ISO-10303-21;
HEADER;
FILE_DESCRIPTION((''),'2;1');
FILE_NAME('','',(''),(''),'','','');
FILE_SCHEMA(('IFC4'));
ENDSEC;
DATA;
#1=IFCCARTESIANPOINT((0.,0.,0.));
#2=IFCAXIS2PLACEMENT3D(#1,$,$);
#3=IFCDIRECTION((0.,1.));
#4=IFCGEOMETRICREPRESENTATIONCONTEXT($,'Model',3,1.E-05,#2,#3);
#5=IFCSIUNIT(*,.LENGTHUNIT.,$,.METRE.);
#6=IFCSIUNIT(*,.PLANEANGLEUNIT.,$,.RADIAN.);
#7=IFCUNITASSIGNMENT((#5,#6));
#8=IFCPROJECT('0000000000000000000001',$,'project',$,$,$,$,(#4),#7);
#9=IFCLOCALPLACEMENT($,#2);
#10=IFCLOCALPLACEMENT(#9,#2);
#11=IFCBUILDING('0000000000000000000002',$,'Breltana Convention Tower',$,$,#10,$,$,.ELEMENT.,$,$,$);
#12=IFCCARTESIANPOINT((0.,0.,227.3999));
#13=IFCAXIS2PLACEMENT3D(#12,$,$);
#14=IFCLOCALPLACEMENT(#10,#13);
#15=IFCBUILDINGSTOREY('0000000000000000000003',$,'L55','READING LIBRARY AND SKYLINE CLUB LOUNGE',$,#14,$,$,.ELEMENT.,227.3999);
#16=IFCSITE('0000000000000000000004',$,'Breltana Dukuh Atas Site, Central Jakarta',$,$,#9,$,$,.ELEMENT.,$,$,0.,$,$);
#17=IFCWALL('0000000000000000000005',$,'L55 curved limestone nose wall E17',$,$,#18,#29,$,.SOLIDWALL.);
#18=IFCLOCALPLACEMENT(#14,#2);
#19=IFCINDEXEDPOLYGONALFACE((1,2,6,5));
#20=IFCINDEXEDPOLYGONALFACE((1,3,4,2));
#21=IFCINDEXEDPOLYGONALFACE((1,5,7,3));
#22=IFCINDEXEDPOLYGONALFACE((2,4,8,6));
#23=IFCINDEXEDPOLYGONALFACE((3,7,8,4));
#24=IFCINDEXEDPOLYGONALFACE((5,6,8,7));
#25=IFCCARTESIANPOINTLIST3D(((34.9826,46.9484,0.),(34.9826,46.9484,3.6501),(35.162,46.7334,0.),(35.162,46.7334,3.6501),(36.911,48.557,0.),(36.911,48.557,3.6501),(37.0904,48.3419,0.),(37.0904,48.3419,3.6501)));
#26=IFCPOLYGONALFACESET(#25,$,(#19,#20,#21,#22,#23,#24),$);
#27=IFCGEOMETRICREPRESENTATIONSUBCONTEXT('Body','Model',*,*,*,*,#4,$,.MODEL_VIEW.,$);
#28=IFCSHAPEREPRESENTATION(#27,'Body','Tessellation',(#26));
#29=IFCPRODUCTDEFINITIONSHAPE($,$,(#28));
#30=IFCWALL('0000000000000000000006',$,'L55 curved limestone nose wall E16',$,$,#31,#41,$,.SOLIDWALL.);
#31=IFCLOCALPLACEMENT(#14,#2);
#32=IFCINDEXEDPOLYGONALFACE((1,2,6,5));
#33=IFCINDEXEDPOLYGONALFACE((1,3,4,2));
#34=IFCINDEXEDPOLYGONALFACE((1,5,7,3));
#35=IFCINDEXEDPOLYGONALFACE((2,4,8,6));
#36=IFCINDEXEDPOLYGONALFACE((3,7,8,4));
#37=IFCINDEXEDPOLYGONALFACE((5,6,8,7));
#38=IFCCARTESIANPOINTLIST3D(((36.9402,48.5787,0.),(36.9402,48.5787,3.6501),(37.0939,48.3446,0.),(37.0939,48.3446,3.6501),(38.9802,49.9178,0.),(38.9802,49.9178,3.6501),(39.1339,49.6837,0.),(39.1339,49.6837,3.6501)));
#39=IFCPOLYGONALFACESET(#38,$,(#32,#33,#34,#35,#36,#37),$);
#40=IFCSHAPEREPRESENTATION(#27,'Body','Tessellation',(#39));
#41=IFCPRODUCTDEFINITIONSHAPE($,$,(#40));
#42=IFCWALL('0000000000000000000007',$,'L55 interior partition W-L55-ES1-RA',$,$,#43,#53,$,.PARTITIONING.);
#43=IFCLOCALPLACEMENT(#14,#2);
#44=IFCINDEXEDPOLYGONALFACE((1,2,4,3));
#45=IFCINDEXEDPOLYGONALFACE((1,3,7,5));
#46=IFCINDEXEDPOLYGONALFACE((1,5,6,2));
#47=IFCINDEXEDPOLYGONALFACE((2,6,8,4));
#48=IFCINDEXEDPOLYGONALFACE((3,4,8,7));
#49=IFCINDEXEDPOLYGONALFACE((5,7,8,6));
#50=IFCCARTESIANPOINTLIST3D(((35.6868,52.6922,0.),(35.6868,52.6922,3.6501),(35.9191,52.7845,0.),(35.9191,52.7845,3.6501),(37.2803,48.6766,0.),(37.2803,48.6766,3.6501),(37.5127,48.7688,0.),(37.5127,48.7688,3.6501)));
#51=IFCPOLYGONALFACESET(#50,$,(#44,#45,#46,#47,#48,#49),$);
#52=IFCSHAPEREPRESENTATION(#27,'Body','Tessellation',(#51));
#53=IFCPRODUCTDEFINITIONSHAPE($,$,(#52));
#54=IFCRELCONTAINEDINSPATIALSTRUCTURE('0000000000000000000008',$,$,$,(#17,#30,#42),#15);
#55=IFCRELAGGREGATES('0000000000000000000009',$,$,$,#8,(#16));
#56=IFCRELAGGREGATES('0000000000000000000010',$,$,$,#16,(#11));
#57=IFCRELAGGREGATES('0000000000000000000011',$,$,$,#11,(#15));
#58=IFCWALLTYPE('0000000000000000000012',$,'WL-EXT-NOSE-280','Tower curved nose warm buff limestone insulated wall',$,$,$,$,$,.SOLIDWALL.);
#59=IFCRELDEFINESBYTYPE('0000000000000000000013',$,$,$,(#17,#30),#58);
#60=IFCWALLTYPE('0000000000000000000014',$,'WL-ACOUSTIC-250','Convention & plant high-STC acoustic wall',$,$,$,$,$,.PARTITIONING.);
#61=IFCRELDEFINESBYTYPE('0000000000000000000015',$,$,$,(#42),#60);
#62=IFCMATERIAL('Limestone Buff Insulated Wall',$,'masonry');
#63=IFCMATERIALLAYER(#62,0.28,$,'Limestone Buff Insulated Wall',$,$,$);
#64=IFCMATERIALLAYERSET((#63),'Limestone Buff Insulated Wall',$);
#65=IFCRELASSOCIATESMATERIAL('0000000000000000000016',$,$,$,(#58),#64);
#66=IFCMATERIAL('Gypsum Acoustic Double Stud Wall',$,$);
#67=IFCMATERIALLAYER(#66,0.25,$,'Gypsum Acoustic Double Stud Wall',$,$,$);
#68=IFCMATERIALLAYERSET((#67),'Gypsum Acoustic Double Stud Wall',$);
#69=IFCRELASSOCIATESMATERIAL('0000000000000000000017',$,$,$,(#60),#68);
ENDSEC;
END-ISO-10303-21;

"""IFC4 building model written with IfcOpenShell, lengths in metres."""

from ifc_helpers import new_model, si_unit, direction, frame, frame_2d, origin, place, context, subcontext, project, spatial, rectangle, extrude, source, transform, mapped, material, layer, layer_set, type_object, element, save


model = new_model("IFC4")

# Units and contexts
model_context = context("Model", 3, precision=1e-05, world=origin(), true_north=direction((0.0, 1.0)))
body_context = subcontext(model_context, "Body", "Model", "MODEL_VIEW")
ifc_project = project(units=[si_unit("LENGTHUNIT", "METRE"), si_unit("PLANEANGLEUNIT", "RADIAN")], contexts=[model_context])

# Site, building, storey
site_placement = place(None, origin())
site = spatial("IfcSite", under=ifc_project, at=site_placement, Name="Breltana Dukuh Atas Site, Central Jakarta", CompositionType="ELEMENT", RefElevation=0.0)
building_placement = place(site_placement, origin())
building = spatial("IfcBuilding", under=site, at=building_placement, Name="Breltana Convention Tower", CompositionType="ELEMENT")
storey_placement = place(building_placement, frame((0.0, 0.0, 227.3999)))
storey = spatial("IfcBuildingStorey", under=building, at=storey_placement, Name="L55", Description="READING LIBRARY AND SKYLINE CLUB LOUNGE", CompositionType="ELEMENT", Elevation=227.3999)

# Shared definitions
ifc_material_1 = material(Name="Limestone Buff Insulated Wall", Category="masonry")
ifc_layer_1 = layer(ifc_material_1, 0.28, Name="Limestone Buff Insulated Wall")
ifc_layer_set_1 = layer_set([ifc_layer_1], Name="Limestone Buff Insulated Wall")
wall_type_1 = type_object("IfcWallType", Name="WL-EXT-NOSE-280", Description="Tower curved nose warm buff limestone insulated wall", PredefinedType="SOLIDWALL", material=ifc_layer_set_1)

# Walls
shared_shape_1 = source(origin(), body_context, "Body", "SweptSolid", [
    extrude(rectangle(XDim=2.5112, YDim=0.28, at=frame_2d((1.2556, 0.0))), origin(), (0.0, 0.0, 1.0), 3.6501),
])
wall_1_placement = place(storey_placement, frame((37.0007, 48.4495, 0.0), z_axis=(0.0, 0.0, 1.0), x_axis=(-0.76791, -0.640557, 0.0)))
element("IfcWall", 1, at=wall_1_placement, inside=storey, type_object=wall_type_1, Name="L55 curved limestone nose wall E17", PredefinedType="SOLIDWALL", context=body_context, shape_type="MappedRepresentation", body=[
    mapped(shared_shape_1, transform((0.0, 0.0, 0.0), scale=1.0)),
])
shared_shape_2 = source(origin(), body_context, "Body", "SweptSolid", [
    extrude(rectangle(XDim=2.4402, YDim=0.28, at=frame_2d((1.2202, 0.0))), origin(), (0.0, 0.0, 1.0), 3.6501),
])
wall_2_placement = place(storey_placement, frame((39.0571, 49.8008, 0.0), z_axis=(0.0, 0.0, 1.0), x_axis=(-0.835985, -0.548753, 0.0)))
element("IfcWall", 2, at=wall_2_placement, inside=storey, type_object=wall_type_1, Name="L55 curved limestone nose wall E16", PredefinedType="SOLIDWALL", context=body_context, shape_type="MappedRepresentation", body=[
    mapped(shared_shape_2, transform((0.0, 0.0, 0.0), scale=1.0)),
])
ifc_material_2 = material(Name="Gypsum Acoustic Double Stud Wall")
ifc_layer_2 = layer(ifc_material_2, 0.25, Name="Gypsum Acoustic Double Stud Wall")
ifc_layer_set_2 = layer_set([ifc_layer_2], Name="Gypsum Acoustic Double Stud Wall")
wall_type_2 = type_object("IfcWallType", Name="WL-ACOUSTIC-250", Description="Convention & plant high-STC acoustic wall", PredefinedType="PARTITIONING", material=ifc_layer_set_2)
shared_shape_3 = source(origin(), body_context, "Body", "SweptSolid", [
    extrude(rectangle(XDim=4.3203, YDim=0.25, at=frame_2d((2.1602, 0.0))), origin(), (0.0, 0.0, 1.0), 3.6501),
])
wall_3_placement = place(storey_placement, frame((37.3965, 48.7227, 0.0), z_axis=(0.0, 0.0, 1.0), x_axis=(-0.368846, 0.92949, 0.0)))
element("IfcWall", 3, at=wall_3_placement, inside=storey, type_object=wall_type_2, Name="L55 interior partition W-L55-ES1-RA", PredefinedType="PARTITIONING", context=body_context, shape_type="MappedRepresentation", body=[
    mapped(shared_shape_3, transform((0.0, 0.0, 0.0), scale=1.0)),
])

save(model, "model.ifc")
